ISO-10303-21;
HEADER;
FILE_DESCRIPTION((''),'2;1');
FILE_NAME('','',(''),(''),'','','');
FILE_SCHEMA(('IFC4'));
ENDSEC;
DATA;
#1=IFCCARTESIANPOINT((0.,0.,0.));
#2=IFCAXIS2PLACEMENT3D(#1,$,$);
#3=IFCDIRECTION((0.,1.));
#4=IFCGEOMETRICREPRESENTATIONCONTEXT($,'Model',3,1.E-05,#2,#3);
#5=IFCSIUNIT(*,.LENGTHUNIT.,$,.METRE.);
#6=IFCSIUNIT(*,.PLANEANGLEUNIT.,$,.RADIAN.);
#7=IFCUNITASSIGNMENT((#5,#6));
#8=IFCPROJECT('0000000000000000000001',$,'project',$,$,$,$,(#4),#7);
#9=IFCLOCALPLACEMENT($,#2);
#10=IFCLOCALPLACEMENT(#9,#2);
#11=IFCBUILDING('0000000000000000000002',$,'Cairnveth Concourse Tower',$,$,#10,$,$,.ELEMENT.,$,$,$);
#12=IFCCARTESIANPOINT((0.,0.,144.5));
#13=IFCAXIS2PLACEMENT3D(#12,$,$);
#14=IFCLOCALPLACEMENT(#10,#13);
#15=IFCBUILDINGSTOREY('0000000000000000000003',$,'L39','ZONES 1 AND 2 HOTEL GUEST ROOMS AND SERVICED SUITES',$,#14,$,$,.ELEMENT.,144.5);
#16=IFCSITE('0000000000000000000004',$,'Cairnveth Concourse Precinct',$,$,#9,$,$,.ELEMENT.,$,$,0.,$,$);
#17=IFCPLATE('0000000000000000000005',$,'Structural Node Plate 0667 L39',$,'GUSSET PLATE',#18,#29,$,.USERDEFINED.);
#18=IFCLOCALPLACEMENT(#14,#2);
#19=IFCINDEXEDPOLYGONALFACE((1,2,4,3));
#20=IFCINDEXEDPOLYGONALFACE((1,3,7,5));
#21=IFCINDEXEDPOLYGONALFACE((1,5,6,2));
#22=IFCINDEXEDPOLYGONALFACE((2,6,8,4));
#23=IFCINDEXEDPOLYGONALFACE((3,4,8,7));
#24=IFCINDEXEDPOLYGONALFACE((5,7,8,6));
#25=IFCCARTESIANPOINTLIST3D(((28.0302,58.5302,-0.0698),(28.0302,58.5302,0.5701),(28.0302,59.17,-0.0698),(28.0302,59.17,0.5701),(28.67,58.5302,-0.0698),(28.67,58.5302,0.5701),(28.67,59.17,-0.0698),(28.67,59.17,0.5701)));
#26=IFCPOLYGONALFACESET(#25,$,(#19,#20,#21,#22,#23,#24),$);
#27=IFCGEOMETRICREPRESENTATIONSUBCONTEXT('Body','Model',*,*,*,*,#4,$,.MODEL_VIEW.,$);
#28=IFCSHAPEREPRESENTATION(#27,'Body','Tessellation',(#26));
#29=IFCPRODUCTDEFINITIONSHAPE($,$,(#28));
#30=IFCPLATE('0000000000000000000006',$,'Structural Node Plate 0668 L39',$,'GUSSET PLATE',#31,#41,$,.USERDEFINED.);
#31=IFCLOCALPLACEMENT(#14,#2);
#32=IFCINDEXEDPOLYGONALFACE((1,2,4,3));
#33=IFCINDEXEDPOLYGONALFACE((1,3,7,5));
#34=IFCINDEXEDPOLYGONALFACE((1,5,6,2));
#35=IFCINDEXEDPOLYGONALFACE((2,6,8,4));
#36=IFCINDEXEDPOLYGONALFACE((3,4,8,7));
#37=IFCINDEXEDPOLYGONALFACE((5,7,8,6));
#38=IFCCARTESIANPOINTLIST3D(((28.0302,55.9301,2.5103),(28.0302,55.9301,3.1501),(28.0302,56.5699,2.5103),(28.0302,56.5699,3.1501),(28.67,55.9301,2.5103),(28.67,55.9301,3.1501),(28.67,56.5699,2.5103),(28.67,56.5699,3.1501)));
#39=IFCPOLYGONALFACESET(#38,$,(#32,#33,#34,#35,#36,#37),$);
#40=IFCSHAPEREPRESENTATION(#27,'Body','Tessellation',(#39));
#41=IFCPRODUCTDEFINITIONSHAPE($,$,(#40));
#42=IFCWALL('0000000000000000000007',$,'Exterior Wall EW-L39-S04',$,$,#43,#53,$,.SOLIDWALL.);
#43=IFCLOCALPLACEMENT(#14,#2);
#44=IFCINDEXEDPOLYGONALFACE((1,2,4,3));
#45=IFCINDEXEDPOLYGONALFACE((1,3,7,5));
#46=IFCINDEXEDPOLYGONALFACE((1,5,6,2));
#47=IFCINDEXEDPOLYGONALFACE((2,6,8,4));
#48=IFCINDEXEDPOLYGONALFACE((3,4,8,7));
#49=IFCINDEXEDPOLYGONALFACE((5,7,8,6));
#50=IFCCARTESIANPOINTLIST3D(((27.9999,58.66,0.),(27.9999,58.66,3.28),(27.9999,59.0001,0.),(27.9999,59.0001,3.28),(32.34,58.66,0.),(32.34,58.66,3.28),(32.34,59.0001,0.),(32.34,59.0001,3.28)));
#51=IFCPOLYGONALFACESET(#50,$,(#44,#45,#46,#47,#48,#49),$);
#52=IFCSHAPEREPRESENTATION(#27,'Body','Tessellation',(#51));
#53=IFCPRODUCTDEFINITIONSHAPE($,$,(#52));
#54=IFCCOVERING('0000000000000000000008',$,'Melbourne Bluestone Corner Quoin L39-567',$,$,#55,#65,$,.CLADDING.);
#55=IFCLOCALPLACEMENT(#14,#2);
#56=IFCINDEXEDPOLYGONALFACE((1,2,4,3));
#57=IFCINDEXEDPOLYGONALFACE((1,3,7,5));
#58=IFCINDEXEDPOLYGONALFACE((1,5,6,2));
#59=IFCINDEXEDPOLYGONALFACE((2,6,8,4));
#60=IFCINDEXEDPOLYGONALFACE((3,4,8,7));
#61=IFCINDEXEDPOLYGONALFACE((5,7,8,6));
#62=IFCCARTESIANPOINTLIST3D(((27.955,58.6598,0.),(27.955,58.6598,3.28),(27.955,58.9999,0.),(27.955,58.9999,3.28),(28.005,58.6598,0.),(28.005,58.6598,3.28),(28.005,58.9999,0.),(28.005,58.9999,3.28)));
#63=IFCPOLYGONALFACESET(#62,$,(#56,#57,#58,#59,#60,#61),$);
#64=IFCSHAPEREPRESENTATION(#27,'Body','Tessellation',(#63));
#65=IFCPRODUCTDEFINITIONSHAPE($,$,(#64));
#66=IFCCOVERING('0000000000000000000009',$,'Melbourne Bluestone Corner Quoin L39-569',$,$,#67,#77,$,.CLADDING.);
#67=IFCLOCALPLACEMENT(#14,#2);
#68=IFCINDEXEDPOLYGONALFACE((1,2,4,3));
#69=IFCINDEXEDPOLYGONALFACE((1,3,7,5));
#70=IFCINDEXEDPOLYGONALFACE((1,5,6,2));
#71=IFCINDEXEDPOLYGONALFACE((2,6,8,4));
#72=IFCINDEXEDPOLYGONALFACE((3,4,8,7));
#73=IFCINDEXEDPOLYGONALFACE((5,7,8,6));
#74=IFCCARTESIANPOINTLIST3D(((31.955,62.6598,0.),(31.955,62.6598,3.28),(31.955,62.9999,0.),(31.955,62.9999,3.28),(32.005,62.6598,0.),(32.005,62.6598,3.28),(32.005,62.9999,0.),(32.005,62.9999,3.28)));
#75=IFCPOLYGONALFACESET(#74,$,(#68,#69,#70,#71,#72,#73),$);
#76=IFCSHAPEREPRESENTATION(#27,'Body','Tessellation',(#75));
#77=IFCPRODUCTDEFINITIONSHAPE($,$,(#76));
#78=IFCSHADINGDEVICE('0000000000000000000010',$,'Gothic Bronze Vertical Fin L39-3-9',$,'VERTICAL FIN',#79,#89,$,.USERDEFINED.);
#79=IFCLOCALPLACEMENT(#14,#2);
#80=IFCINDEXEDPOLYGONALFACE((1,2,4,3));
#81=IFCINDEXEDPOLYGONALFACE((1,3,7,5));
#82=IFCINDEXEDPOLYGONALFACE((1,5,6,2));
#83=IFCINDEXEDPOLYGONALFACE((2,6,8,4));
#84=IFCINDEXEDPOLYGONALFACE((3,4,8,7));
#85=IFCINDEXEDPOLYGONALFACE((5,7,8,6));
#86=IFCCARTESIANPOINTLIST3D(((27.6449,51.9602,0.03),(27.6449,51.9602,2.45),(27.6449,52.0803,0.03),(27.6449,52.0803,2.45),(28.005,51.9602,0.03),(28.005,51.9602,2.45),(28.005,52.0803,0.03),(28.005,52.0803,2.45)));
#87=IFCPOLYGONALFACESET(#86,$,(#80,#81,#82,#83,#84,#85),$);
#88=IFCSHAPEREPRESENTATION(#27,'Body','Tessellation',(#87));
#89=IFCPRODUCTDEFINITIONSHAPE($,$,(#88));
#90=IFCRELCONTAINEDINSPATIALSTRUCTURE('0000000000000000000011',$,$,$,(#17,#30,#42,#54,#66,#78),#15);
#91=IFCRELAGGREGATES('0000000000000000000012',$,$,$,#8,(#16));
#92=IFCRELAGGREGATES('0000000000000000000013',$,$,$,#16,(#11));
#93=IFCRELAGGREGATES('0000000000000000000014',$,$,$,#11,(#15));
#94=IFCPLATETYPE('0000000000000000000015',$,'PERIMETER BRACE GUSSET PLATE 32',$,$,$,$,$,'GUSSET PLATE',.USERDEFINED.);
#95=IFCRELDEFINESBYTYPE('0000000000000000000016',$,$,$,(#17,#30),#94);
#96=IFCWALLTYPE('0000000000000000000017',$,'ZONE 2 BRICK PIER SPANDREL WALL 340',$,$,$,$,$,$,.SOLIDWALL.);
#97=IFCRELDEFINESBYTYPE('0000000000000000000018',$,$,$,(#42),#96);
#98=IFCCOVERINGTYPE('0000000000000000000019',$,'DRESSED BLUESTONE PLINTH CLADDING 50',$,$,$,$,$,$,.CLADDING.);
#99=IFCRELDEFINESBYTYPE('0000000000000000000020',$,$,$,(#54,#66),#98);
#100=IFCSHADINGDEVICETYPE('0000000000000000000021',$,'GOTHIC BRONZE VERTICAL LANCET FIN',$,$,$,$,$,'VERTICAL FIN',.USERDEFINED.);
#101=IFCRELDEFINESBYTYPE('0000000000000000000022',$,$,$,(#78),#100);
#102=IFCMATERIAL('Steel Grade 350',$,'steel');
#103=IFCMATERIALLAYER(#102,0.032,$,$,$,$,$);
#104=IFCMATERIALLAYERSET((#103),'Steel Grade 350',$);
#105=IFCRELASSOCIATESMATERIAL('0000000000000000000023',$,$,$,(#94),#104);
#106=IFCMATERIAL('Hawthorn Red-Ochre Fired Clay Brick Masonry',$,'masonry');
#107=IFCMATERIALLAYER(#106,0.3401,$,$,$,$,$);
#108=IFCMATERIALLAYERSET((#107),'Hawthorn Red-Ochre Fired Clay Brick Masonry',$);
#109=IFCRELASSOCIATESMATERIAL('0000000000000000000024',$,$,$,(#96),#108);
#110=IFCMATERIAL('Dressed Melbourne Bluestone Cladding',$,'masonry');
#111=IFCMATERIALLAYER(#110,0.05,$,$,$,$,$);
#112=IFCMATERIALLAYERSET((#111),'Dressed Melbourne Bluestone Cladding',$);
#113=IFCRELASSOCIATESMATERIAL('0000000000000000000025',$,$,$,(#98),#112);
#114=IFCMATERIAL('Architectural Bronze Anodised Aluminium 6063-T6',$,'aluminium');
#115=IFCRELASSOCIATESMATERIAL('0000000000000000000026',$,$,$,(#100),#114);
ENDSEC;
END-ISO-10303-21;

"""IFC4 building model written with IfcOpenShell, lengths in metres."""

from ifc_helpers import new_model, si_unit, direction, frame, frame_2d, origin, origin_2d, place, context, subcontext, project, spatial, rectangle, extrude, material, layer, layer_set, type_object, element, save


model = new_model("IFC4")

# Units and contexts
model_context = context("Model", 3, precision=1e-05, world=origin(), true_north=direction((0.0, 1.0)))
body_context = subcontext(model_context, "Body", "Model", "MODEL_VIEW")
ifc_project = project(units=[si_unit("LENGTHUNIT", "METRE"), si_unit("PLANEANGLEUNIT", "RADIAN")], contexts=[model_context])

# Site, building, storey
site_placement = place(None, origin())
site = spatial("IfcSite", under=ifc_project, at=site_placement, Name="Cairnveth Concourse Precinct", CompositionType="ELEMENT", RefElevation=0.0)
building_placement = place(site_placement, origin())
building = spatial("IfcBuilding", under=site, at=building_placement, Name="Cairnveth Concourse Tower", CompositionType="ELEMENT")
storey_placement = place(building_placement, frame((0.0, 0.0, 144.5)))
storey = spatial("IfcBuildingStorey", under=building, at=storey_placement, Name="L39", Description="ZONES 1 AND 2 HOTEL GUEST ROOMS AND SERVICED SUITES", CompositionType="ELEMENT", Elevation=144.5)

# Shared definitions
ifc_material_1 = material(Name="Steel Grade 350", Category="steel")

# Plates
ifc_layer_1 = layer(ifc_material_1, 0.032)
ifc_layer_set_1 = layer_set([ifc_layer_1], Name="Steel Grade 350")
plate_type = type_object("IfcPlateType", Name="PERIMETER BRACE GUSSET PLATE 32", ElementType="GUSSET PLATE", PredefinedType="USERDEFINED", material=ifc_layer_set_1)
for number, where, z_axis, x_axis, name in (
    (1, (28.3501, 58.8501, -0.0698), (0.0, 0.0, 1.0), (1.0, 0.0, 0.0), "Structural Node Plate 0667 L39"),
    (2, (28.3501, 56.25, 2.5103), (0.0, 0.0, 1.0), (1.0, 0.0, 0.0), "Structural Node Plate 0668 L39"),
):
    element("IfcPlate", number, at=place(storey_placement, frame(where, z_axis=z_axis, x_axis=x_axis)), inside=storey, type_object=plate_type, Name=name, ObjectType="GUSSET PLATE", PredefinedType="USERDEFINED", context=body_context, shape_type="SweptSolid", body=[
        extrude(rectangle(XDim=0.6399, YDim=0.6399, at=origin_2d()), origin(), (0.0, 0.0, 1.0), 0.6399),
    ])

# Wall
ifc_material_2 = material(Name="Hawthorn Red-Ochre Fired Clay Brick Masonry", Category="masonry")
ifc_layer_2 = layer(ifc_material_2, 0.3401)
ifc_layer_set_2 = layer_set([ifc_layer_2], Name="Hawthorn Red-Ochre Fired Clay Brick Masonry")
wall_type = type_object("IfcWallType", Name="ZONE 2 BRICK PIER SPANDREL WALL 340", PredefinedType="SOLIDWALL", material=ifc_layer_set_2)
wall_1_placement = place(storey_placement, frame((28.0, 58.8301, 0.0), z_axis=(0.0, 0.0, 1.0), x_axis=(1.0, 0.0, 0.0)))
element("IfcWall", 3, at=wall_1_placement, inside=storey, type_object=wall_type, Name="Exterior Wall EW-L39-S04", PredefinedType="SOLIDWALL", context=body_context, shape_type="SweptSolid", body=[
    extrude(rectangle(XDim=4.3401, YDim=0.3401, at=frame_2d((2.1699, 0.0))), origin(), (0.0, 0.0, 1.0), 3.28),
])

# Coverings
ifc_material_3 = material(Name="Dressed Melbourne Bluestone Cladding", Category="masonry")
ifc_layer_3 = layer(ifc_material_3, 0.05)
ifc_layer_set_3 = layer_set([ifc_layer_3], Name="Dressed Melbourne Bluestone Cladding")
covering_type = type_object("IfcCoveringType", Name="DRESSED BLUESTONE PLINTH CLADDING 50", PredefinedType="CLADDING", material=ifc_layer_set_3)
for number, where, z_axis, x_axis, name in (
    (4, (27.98, 58.6599, 0.0), (0.0, 0.0, 1.0), (0.0, 1.0, 0.0), "Melbourne Bluestone Corner Quoin L39-567"),
    (5, (31.98, 62.6599, 0.0), (0.0, 0.0, 1.0), (0.0, 1.0, 0.0), "Melbourne Bluestone Corner Quoin L39-569"),
):
    element("IfcCovering", number, at=place(storey_placement, frame(where, z_axis=z_axis, x_axis=x_axis)), inside=storey, type_object=covering_type, Name=name, PredefinedType="CLADDING", context=body_context, shape_type="SweptSolid", body=[
        extrude(rectangle(XDim=0.3401, YDim=0.05, at=frame_2d((0.1699, 0.0))), origin(), (0.0, 0.0, 1.0), 3.28),
    ])

# Shading device
ifc_material_4 = material(Name="Architectural Bronze Anodised Aluminium 6063-T6", Category="aluminium")
shading_device_type = type_object("IfcShadingDeviceType", Name="GOTHIC BRONZE VERTICAL LANCET FIN", ElementType="VERTICAL FIN", PredefinedType="USERDEFINED", material=ifc_material_4)
shading_device_placement = place(storey_placement, frame((27.825, 52.0203, 0.03), z_axis=(0.0, 0.0, 1.0), x_axis=(0.0, 1.0, 0.0)))
element("IfcShadingDevice", 6, at=shading_device_placement, inside=storey, type_object=shading_device_type, Name="Gothic Bronze Vertical Fin L39-3-9", ObjectType="VERTICAL FIN", PredefinedType="USERDEFINED", context=body_context, shape_type="SweptSolid", body=[
    extrude(rectangle(XDim=0.1201, YDim=0.3601, at=origin_2d()), origin(), (0.0, 0.0, 1.0), 2.4199),
])

save(model, "model.ifc")
